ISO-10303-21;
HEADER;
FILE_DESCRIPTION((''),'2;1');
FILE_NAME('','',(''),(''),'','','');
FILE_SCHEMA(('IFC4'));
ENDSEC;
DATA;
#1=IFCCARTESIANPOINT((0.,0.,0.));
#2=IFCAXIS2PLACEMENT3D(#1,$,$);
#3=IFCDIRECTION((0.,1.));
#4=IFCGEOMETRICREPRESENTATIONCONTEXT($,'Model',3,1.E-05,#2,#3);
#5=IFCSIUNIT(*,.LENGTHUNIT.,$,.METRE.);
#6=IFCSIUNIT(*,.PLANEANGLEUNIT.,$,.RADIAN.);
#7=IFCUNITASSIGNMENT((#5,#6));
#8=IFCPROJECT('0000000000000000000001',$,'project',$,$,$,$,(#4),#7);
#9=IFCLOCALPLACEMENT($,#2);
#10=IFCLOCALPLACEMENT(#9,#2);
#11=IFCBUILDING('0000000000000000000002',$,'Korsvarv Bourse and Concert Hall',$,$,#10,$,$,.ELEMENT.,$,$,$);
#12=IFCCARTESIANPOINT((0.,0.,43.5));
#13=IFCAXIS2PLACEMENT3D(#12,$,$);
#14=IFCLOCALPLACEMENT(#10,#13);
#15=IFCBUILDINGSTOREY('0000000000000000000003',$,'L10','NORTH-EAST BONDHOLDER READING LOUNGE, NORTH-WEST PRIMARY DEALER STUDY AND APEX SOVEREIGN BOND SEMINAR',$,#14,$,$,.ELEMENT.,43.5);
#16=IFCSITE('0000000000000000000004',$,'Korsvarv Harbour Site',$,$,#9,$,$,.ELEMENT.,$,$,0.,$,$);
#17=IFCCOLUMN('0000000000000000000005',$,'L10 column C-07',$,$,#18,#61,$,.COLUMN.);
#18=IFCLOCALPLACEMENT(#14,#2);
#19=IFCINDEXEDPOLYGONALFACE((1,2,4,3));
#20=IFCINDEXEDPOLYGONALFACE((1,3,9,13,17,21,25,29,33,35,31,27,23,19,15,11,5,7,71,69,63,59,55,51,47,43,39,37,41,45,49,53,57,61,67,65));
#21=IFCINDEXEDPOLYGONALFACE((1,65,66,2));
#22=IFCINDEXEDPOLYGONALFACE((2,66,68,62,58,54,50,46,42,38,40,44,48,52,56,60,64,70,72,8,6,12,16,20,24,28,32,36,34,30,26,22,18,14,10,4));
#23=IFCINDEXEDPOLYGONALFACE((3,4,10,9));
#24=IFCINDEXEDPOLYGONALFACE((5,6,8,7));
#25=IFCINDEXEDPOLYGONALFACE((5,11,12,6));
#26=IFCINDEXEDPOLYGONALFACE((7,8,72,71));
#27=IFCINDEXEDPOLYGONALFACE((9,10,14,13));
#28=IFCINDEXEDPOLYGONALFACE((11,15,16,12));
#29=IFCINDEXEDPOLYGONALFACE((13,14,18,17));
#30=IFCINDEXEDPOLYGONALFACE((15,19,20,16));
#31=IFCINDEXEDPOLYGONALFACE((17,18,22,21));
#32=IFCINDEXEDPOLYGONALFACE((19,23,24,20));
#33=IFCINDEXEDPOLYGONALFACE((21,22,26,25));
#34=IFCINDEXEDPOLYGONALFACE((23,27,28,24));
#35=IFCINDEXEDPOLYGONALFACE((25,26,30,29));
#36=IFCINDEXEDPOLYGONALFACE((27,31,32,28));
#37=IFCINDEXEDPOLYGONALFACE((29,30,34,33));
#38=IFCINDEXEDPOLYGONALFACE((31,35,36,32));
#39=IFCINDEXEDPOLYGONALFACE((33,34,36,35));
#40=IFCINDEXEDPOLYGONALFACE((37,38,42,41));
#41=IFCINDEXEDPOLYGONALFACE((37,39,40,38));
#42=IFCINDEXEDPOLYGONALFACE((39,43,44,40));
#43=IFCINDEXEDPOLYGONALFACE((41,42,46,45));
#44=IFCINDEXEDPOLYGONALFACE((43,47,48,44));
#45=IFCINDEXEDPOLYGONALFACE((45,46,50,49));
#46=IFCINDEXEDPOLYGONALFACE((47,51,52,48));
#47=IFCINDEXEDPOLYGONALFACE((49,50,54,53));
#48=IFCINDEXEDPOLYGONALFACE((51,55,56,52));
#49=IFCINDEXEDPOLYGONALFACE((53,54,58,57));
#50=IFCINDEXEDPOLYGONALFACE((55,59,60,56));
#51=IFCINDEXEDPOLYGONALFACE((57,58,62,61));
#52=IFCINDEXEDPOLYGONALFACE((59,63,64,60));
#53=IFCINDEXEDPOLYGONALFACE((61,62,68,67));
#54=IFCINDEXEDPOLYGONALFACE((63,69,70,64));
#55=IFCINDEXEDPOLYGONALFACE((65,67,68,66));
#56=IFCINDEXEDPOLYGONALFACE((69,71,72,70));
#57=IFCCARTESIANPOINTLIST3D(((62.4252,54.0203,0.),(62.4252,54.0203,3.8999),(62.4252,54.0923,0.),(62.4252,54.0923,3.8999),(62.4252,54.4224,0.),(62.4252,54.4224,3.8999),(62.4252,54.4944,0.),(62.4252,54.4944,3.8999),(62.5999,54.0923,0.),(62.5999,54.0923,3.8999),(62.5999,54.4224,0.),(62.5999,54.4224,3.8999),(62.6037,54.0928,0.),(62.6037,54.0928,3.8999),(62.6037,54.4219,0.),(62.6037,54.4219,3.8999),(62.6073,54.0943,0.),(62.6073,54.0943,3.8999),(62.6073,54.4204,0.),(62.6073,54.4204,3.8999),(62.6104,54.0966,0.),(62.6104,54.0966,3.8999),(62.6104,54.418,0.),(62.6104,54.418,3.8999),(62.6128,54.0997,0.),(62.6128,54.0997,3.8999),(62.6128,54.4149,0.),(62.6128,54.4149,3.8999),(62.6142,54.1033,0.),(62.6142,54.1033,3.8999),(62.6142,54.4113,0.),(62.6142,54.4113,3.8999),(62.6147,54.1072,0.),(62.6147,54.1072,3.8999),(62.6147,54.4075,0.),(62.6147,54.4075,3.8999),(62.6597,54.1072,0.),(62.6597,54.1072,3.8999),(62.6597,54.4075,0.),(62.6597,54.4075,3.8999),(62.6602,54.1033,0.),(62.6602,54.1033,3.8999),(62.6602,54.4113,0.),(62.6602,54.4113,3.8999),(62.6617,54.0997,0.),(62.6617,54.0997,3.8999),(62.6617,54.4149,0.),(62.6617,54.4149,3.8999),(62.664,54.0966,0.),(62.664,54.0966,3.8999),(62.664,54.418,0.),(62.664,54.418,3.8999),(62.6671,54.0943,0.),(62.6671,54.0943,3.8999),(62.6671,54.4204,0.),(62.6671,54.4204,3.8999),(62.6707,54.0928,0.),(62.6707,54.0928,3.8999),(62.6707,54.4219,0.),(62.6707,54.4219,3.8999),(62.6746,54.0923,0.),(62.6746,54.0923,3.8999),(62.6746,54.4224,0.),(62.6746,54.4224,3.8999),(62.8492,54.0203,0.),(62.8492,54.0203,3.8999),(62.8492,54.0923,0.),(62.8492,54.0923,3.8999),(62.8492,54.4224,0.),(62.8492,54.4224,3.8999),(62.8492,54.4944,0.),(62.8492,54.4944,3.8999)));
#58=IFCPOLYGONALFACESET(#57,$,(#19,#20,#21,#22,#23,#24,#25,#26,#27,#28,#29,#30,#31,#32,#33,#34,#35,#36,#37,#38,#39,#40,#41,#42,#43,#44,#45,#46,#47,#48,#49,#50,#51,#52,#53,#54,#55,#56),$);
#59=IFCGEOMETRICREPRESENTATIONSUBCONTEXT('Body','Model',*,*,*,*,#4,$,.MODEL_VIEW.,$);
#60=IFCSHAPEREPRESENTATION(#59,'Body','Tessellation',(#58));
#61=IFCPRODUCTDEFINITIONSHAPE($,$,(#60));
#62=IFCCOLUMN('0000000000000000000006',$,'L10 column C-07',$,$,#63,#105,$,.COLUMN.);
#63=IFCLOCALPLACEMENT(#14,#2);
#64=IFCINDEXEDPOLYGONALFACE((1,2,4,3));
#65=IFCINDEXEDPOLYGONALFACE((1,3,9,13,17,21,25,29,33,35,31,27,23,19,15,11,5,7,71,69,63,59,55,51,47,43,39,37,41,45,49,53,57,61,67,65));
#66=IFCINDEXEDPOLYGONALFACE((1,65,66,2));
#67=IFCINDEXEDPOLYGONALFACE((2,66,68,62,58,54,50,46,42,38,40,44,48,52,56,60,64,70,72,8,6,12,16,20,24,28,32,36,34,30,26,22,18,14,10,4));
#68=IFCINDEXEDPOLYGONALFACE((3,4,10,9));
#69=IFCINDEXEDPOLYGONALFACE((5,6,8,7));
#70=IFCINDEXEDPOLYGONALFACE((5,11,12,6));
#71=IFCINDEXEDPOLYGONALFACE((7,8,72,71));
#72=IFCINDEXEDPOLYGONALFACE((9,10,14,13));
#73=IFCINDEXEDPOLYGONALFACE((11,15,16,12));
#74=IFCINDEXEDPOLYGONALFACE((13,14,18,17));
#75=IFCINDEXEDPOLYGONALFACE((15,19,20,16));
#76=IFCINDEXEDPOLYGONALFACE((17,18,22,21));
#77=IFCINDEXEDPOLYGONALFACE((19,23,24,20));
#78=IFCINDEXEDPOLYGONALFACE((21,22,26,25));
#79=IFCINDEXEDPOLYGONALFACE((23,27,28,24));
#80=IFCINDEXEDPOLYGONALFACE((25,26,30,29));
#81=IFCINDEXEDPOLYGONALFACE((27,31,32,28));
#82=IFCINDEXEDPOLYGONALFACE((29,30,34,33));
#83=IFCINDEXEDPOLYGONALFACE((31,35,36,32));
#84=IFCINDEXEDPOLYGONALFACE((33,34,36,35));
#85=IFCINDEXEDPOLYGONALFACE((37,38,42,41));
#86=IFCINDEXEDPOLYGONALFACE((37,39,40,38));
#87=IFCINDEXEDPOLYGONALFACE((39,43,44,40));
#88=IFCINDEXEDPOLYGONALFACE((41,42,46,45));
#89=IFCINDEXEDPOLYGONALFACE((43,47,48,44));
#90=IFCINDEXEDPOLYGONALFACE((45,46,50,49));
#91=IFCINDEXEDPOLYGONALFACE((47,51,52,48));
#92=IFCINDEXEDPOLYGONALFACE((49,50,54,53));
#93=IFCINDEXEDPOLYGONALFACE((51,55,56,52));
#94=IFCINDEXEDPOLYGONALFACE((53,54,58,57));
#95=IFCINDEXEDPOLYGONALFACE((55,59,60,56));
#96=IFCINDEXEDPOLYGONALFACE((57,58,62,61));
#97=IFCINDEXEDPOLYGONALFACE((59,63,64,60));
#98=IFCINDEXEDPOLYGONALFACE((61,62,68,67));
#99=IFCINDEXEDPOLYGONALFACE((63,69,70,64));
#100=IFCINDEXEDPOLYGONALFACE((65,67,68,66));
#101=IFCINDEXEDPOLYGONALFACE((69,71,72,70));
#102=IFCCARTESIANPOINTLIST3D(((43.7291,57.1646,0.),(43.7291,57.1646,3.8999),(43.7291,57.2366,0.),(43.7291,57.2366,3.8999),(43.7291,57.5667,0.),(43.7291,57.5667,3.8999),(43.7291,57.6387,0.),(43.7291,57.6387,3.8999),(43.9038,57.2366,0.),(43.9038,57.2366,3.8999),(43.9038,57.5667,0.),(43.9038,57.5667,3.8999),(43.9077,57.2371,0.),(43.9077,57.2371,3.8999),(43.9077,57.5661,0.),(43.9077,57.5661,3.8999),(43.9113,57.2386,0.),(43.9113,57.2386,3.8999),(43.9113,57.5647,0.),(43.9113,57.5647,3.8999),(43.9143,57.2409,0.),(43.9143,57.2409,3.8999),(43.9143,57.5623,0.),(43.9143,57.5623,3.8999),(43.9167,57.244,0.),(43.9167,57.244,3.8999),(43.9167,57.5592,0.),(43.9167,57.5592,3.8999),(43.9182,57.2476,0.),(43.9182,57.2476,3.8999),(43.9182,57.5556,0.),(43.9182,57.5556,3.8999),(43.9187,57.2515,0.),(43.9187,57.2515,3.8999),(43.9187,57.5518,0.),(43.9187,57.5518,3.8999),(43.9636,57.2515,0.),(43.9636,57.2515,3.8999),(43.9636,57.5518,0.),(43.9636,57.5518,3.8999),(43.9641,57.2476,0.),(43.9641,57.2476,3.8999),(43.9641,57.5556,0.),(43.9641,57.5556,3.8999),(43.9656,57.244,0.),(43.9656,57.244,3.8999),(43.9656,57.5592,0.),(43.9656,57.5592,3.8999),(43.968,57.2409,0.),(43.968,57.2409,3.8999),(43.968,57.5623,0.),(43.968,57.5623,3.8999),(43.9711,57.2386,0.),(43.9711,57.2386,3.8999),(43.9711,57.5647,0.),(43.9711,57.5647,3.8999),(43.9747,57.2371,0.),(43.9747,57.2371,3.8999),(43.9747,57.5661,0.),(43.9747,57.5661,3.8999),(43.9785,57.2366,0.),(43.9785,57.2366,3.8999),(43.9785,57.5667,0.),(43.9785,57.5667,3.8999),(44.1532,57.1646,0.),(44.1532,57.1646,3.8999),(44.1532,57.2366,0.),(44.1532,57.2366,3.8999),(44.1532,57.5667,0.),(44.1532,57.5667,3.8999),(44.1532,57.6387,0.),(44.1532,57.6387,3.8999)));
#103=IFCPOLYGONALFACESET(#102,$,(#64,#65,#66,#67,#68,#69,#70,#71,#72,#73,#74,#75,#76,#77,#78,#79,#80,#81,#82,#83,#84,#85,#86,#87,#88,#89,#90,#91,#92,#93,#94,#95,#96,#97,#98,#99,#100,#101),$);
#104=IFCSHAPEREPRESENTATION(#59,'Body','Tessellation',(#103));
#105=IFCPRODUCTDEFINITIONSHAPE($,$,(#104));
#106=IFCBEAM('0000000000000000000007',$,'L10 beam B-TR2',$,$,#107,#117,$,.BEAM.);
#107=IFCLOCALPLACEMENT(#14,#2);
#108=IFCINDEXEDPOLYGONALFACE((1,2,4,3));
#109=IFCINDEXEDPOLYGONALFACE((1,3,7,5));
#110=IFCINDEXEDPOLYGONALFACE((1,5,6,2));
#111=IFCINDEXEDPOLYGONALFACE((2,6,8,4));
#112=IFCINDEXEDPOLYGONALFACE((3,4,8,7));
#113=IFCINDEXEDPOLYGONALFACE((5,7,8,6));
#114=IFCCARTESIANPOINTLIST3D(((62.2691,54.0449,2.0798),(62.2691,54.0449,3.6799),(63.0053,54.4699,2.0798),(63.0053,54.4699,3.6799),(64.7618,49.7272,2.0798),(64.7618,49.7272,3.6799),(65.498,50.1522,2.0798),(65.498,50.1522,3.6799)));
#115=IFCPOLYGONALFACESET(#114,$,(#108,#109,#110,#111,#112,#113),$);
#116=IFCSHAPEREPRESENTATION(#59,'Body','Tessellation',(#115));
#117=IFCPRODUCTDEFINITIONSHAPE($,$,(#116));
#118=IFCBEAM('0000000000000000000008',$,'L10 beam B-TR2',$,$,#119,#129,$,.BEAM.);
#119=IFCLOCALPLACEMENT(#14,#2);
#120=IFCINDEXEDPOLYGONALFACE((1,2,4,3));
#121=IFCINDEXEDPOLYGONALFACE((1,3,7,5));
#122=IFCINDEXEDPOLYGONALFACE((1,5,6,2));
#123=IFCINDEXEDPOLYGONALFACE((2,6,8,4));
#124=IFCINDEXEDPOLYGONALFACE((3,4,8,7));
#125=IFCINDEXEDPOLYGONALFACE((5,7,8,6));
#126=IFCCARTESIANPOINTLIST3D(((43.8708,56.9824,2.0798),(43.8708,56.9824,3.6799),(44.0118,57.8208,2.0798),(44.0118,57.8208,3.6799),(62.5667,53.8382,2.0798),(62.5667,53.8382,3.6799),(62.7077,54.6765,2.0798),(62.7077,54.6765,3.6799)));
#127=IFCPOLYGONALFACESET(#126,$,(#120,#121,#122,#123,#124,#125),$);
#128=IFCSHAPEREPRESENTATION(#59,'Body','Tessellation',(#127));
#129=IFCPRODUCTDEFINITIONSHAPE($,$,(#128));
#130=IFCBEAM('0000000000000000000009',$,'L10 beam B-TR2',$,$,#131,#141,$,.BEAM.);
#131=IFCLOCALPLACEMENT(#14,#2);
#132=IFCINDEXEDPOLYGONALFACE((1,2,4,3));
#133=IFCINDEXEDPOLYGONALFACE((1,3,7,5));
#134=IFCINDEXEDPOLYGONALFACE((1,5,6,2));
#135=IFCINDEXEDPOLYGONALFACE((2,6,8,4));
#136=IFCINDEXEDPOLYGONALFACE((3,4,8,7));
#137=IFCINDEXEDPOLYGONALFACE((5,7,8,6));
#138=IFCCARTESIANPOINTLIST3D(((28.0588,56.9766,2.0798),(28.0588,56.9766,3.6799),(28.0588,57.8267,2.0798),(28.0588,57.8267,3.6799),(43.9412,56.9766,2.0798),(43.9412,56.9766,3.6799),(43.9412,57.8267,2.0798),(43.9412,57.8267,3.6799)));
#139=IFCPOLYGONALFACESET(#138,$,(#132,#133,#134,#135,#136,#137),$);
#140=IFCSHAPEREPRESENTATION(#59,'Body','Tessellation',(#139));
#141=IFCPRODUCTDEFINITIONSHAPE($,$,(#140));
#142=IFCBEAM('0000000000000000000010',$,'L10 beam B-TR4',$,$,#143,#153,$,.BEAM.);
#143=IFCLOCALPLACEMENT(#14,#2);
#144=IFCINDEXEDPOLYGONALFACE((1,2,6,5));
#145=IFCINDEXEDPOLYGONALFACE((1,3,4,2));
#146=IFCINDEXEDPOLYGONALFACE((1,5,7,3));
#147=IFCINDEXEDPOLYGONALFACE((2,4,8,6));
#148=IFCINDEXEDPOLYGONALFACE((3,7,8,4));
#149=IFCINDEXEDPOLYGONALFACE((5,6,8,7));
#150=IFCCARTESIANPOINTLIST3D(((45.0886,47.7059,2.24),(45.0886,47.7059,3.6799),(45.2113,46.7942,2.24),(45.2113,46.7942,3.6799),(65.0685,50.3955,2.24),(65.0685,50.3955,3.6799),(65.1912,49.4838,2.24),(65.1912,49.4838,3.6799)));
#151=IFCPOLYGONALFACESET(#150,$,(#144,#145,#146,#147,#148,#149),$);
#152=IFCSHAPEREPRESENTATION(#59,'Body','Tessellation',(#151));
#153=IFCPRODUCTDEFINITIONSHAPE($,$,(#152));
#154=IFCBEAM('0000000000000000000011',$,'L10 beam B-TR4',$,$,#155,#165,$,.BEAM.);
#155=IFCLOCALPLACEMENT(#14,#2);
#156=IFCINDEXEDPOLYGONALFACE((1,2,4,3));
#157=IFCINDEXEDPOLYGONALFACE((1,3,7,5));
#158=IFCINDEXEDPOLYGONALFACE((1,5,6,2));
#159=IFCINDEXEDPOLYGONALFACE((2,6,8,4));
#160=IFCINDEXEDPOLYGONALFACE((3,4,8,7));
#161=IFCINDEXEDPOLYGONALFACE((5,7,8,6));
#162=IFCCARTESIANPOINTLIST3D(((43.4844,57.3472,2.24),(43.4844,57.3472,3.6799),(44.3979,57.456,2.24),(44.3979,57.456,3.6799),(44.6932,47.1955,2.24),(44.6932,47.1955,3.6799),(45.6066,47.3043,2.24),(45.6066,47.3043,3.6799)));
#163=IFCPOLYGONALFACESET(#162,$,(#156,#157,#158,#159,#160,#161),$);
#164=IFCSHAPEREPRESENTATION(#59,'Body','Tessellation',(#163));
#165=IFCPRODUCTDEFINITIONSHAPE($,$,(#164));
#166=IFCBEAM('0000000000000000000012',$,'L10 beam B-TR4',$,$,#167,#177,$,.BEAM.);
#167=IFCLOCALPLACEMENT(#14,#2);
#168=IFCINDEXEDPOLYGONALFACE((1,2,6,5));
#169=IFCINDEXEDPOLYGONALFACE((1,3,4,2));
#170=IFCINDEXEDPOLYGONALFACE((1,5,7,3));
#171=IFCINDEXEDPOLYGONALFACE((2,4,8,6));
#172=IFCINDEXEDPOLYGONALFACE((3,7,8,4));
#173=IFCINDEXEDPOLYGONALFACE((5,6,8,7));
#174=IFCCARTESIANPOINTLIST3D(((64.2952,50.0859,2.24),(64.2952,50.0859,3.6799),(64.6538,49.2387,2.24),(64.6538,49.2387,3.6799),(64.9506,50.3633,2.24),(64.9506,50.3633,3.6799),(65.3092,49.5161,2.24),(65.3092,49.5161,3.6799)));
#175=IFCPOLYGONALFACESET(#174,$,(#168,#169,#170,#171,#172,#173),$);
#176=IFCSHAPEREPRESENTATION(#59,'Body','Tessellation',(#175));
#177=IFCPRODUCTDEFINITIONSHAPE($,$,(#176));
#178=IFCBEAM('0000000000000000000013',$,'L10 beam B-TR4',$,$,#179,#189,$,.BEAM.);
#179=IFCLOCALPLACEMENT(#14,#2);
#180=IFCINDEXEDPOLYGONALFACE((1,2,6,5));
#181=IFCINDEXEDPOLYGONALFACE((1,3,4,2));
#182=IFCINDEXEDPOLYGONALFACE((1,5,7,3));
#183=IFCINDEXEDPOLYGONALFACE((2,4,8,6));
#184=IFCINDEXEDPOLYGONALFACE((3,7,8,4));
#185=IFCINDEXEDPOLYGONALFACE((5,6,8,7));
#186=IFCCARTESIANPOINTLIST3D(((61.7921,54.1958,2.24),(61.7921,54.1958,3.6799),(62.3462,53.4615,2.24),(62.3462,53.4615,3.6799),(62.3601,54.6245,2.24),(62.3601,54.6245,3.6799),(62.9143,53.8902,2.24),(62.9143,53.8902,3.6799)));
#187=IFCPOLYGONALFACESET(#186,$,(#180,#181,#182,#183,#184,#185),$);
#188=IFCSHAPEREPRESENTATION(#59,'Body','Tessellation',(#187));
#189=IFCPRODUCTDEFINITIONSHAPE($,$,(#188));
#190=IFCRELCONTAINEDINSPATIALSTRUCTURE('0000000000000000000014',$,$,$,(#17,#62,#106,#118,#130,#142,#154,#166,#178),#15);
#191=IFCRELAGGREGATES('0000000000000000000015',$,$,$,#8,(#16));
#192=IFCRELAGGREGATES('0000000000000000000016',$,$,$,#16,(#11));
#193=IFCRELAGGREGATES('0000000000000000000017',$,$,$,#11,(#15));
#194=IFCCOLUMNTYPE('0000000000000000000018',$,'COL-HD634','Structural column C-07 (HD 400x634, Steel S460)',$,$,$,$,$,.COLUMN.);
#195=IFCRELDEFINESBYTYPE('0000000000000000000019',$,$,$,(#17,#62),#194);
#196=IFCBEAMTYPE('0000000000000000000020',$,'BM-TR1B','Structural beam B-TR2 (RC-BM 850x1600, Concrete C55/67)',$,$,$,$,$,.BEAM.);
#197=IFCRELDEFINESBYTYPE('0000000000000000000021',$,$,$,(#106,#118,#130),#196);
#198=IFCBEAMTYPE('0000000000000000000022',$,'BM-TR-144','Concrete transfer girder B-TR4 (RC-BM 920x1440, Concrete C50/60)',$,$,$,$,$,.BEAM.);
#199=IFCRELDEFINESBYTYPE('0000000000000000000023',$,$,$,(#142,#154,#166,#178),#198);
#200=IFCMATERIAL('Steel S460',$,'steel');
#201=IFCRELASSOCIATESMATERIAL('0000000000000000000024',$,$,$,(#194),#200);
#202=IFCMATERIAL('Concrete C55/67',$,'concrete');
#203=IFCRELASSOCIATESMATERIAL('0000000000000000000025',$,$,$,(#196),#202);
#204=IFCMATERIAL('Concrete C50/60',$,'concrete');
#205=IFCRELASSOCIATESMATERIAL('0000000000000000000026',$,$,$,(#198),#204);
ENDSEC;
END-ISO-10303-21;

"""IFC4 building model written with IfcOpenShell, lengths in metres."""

from ifc_helpers import new_model, si_unit, direction, frame, origin, origin_2d, place, context, subcontext, project, spatial, rectangle, i_section, extrude, source, transform, mapped, material, material_profile, profile_set, type_object, element, save


model = new_model("IFC4")

# Units and contexts
model_context = context("Model", 3, precision=1e-05, world=origin(), true_north=direction((0.0, 1.0)))
body_context = subcontext(model_context, "Body", "Model", "MODEL_VIEW")
ifc_project = project(units=[si_unit("LENGTHUNIT", "METRE"), si_unit("PLANEANGLEUNIT", "RADIAN")], contexts=[model_context])

# Site, building, storey
site_placement = place(None, origin())
site = spatial("IfcSite", under=ifc_project, at=site_placement, Name="Korsvarv Harbour Site", CompositionType="ELEMENT", RefElevation=0.0)
building_placement = place(site_placement, origin())
building = spatial("IfcBuilding", under=site, at=building_placement, Name="Korsvarv Bourse and Concert Hall", CompositionType="ELEMENT")
storey_placement = place(building_placement, frame((0.0, 0.0, 43.5)))
storey = spatial("IfcBuildingStorey", under=building, at=storey_placement, Name="L10", Description="NORTH-EAST BONDHOLDER READING LOUNGE, NORTH-WEST PRIMARY DEALER STUDY AND APEX SOVEREIGN BOND SEMINAR", CompositionType="ELEMENT", Elevation=43.5)

# Columns
ifc_material_1 = material(Name="Steel S460", Category="steel")
ifc_material_profile_1 = material_profile(ifc_material_1, i_section(OverallWidth=0.4241, OverallDepth=0.4741, WebThickness=0.0449, FlangeThickness=0.072, FilletRadius=0.0149, at=origin_2d()), Name="HD 400x634")
ifc_profile_set_1 = profile_set([ifc_material_profile_1], Name="Steel S460")
column_type = type_object("IfcColumnType", Name="COL-HD634", Description="Structural column C-07 (HD 400x634, Steel S460)", PredefinedType="COLUMN", material=ifc_profile_set_1)
shared_shape_1 = source(origin(), body_context, "Body", "SweptSolid", [
    extrude(i_section(OverallWidth=0.4241, OverallDepth=0.4741, WebThickness=0.0449, FlangeThickness=0.072, FilletRadius=0.0149, at=origin_2d()), origin(), (0.0, 0.0, 1.0), 3.8999),
])
for number, where, z_axis, x_axis, name in (
    (1, (62.6372, 54.2573, 0.0), (0.0, 0.0, 1.0), (1.0, 0.0, 0.0), "L10 column C-07"),
    (2, (43.9412, 57.4016, 0.0), (0.0, 0.0, 1.0), (1.0, 0.0, 0.0), "L10 column C-07"),
):
    element("IfcColumn", number, at=place(storey_placement, frame(where, z_axis=z_axis, x_axis=x_axis)), inside=storey, type_object=column_type, Name=name, PredefinedType="COLUMN", context=body_context, shape_type="MappedRepresentation", body=[
        mapped(shared_shape_1, transform((0.0, 0.0, 0.0), scale=1.0)),
    ])

# Beams
ifc_material_2 = material(Name="Concrete C55/67", Category="concrete")
ifc_material_profile_2 = material_profile(ifc_material_2, rectangle(XDim=0.8501, YDim=1.6001, at=origin_2d()), Name="RC-BM 850x1600")
ifc_profile_set_2 = profile_set([ifc_material_profile_2], Name="Concrete C55/67")
beam_type_1 = type_object("IfcBeamType", Name="BM-TR1B", Description="Structural beam B-TR2 (RC-BM 850x1600, Concrete C55/67)", PredefinedType="BEAM", material=ifc_profile_set_2)
shared_shape_2 = source(origin(), body_context, "Body", "SweptSolid", [
    extrude(rectangle(XDim=0.8501, YDim=1.6001, at=origin_2d()), origin(), (0.0, 0.0, 1.0), 4.9856),
])
beam_1_placement = place(storey_placement, frame((65.1299, 49.9397, 2.8799), z_axis=(-0.499984, 0.866035, 0.0), x_axis=(-0.866035, -0.499984, 0.0)))
element("IfcBeam", 3, at=beam_1_placement, inside=storey, type_object=beam_type_1, Name="L10 beam B-TR2", PredefinedType="BEAM", context=body_context, shape_type="MappedRepresentation", body=[
    mapped(shared_shape_2, transform((0.0, 0.0, 0.0), scale=1.0)),
])
shared_shape_3 = source(origin(), body_context, "Body", "SweptSolid", [
    extrude(rectangle(XDim=0.8501, YDim=1.6001, at=origin_2d()), origin(), (0.0, 0.0, 1.0), 18.9585),
])
beam_2_placement = place(storey_placement, frame((62.6372, 54.2573, 2.8799), z_axis=(-0.986151, 0.16585, 0.0), x_axis=(-0.16585, -0.986151, 0.0)))
element("IfcBeam", 4, at=beam_2_placement, inside=storey, type_object=beam_type_1, Name="L10 beam B-TR2", PredefinedType="BEAM", context=body_context, shape_type="MappedRepresentation", body=[
    mapped(shared_shape_3, transform((0.0, 0.0, 0.0), scale=1.0)),
])
shared_shape_4 = source(origin(), body_context, "Body", "SweptSolid", [
    extrude(rectangle(XDim=0.8501, YDim=1.6001, at=origin_2d()), origin(), (0.0, 0.0, 1.0), 15.8823),
])
beam_3_placement = place(storey_placement, frame((43.9412, 57.4016, 2.8799), z_axis=(-1.0, 0.0, 0.0), x_axis=(0.0, -1.0, 0.0)))
element("IfcBeam", 5, at=beam_3_placement, inside=storey, type_object=beam_type_1, Name="L10 beam B-TR2", PredefinedType="BEAM", context=body_context, shape_type="MappedRepresentation", body=[
    mapped(shared_shape_4, transform((0.0, 0.0, 0.0), scale=1.0)),
])
ifc_material_3 = material(Name="Concrete C50/60", Category="concrete")
ifc_material_profile_3 = material_profile(ifc_material_3, rectangle(XDim=0.9199, YDim=1.4399, at=origin_2d()), Name="RC-BM 920x1440")
ifc_profile_set_3 = profile_set([ifc_material_profile_3], Name="Concrete C50/60")
beam_type_2 = type_object("IfcBeamType", Name="BM-TR-144", Description="Concrete transfer girder B-TR4 (RC-BM 920x1440, Concrete C50/60)", PredefinedType="BEAM", material=ifc_profile_set_3)
shared_shape_5 = source(origin(), body_context, "Body", "SweptSolid", [
    extrude(rectangle(XDim=0.9199, YDim=1.4399, at=origin_2d()), origin(), (0.0, 0.0, 1.0), 20.1602),
])
beam_4_placement = place(storey_placement, frame((65.1299, 49.9397, 2.96), z_axis=(-0.99106, -0.133416, 0.0), x_axis=(0.133416, -0.99106, 0.0)))
element("IfcBeam", 6, at=beam_4_placement, inside=storey, type_object=beam_type_2, Name="L10 beam B-TR4", PredefinedType="BEAM", context=body_context, shape_type="MappedRepresentation", body=[
    mapped(shared_shape_5, transform((0.0, 0.0, 0.0), scale=1.0)),
])
shared_shape_6 = source(origin(), body_context, "Body", "SweptSolid", [
    extrude(rectangle(XDim=0.9199, YDim=1.4399, at=origin_2d()), origin(), (0.0, 0.0, 1.0), 10.2234),
])
beam_5_placement = place(storey_placement, frame((43.9412, 57.4016, 2.96), z_axis=(0.118234, -0.992986, 0.0), x_axis=(0.992986, 0.118234, 0.0)))
element("IfcBeam", 7, at=beam_5_placement, inside=storey, type_object=beam_type_2, Name="L10 beam B-TR4", PredefinedType="BEAM", context=body_context, shape_type="MappedRepresentation", body=[
    mapped(shared_shape_6, transform((0.0, 0.0, 0.0), scale=1.0)),
])
shared_shape_7 = source(origin(), body_context, "Body", "SweptSolid", [
    extrude(rectangle(XDim=0.9199, YDim=1.4399, at=origin_2d()), origin(), (0.0, 0.0, 1.0), 0.7117),
])
for number, where, z_axis, x_axis, name in (
    (8, (65.1299, 49.9397, 2.96), (-0.92091, -0.389774, 0.0), (0.389774, -0.92091, 0.0), "L10 beam B-TR4"),
    (9, (62.6372, 54.2573, 2.96), (-0.798226, -0.602357, 0.0), (0.602357, -0.798226, 0.0), "L10 beam B-TR4"),
):
    element("IfcBeam", number, at=place(storey_placement, frame(where, z_axis=z_axis, x_axis=x_axis)), inside=storey, type_object=beam_type_2, Name=name, PredefinedType="BEAM", context=body_context, shape_type="MappedRepresentation", body=[
        mapped(shared_shape_7, transform((0.0, 0.0, 0.0), scale=1.0)),
    ])

save(model, "model.ifc")
